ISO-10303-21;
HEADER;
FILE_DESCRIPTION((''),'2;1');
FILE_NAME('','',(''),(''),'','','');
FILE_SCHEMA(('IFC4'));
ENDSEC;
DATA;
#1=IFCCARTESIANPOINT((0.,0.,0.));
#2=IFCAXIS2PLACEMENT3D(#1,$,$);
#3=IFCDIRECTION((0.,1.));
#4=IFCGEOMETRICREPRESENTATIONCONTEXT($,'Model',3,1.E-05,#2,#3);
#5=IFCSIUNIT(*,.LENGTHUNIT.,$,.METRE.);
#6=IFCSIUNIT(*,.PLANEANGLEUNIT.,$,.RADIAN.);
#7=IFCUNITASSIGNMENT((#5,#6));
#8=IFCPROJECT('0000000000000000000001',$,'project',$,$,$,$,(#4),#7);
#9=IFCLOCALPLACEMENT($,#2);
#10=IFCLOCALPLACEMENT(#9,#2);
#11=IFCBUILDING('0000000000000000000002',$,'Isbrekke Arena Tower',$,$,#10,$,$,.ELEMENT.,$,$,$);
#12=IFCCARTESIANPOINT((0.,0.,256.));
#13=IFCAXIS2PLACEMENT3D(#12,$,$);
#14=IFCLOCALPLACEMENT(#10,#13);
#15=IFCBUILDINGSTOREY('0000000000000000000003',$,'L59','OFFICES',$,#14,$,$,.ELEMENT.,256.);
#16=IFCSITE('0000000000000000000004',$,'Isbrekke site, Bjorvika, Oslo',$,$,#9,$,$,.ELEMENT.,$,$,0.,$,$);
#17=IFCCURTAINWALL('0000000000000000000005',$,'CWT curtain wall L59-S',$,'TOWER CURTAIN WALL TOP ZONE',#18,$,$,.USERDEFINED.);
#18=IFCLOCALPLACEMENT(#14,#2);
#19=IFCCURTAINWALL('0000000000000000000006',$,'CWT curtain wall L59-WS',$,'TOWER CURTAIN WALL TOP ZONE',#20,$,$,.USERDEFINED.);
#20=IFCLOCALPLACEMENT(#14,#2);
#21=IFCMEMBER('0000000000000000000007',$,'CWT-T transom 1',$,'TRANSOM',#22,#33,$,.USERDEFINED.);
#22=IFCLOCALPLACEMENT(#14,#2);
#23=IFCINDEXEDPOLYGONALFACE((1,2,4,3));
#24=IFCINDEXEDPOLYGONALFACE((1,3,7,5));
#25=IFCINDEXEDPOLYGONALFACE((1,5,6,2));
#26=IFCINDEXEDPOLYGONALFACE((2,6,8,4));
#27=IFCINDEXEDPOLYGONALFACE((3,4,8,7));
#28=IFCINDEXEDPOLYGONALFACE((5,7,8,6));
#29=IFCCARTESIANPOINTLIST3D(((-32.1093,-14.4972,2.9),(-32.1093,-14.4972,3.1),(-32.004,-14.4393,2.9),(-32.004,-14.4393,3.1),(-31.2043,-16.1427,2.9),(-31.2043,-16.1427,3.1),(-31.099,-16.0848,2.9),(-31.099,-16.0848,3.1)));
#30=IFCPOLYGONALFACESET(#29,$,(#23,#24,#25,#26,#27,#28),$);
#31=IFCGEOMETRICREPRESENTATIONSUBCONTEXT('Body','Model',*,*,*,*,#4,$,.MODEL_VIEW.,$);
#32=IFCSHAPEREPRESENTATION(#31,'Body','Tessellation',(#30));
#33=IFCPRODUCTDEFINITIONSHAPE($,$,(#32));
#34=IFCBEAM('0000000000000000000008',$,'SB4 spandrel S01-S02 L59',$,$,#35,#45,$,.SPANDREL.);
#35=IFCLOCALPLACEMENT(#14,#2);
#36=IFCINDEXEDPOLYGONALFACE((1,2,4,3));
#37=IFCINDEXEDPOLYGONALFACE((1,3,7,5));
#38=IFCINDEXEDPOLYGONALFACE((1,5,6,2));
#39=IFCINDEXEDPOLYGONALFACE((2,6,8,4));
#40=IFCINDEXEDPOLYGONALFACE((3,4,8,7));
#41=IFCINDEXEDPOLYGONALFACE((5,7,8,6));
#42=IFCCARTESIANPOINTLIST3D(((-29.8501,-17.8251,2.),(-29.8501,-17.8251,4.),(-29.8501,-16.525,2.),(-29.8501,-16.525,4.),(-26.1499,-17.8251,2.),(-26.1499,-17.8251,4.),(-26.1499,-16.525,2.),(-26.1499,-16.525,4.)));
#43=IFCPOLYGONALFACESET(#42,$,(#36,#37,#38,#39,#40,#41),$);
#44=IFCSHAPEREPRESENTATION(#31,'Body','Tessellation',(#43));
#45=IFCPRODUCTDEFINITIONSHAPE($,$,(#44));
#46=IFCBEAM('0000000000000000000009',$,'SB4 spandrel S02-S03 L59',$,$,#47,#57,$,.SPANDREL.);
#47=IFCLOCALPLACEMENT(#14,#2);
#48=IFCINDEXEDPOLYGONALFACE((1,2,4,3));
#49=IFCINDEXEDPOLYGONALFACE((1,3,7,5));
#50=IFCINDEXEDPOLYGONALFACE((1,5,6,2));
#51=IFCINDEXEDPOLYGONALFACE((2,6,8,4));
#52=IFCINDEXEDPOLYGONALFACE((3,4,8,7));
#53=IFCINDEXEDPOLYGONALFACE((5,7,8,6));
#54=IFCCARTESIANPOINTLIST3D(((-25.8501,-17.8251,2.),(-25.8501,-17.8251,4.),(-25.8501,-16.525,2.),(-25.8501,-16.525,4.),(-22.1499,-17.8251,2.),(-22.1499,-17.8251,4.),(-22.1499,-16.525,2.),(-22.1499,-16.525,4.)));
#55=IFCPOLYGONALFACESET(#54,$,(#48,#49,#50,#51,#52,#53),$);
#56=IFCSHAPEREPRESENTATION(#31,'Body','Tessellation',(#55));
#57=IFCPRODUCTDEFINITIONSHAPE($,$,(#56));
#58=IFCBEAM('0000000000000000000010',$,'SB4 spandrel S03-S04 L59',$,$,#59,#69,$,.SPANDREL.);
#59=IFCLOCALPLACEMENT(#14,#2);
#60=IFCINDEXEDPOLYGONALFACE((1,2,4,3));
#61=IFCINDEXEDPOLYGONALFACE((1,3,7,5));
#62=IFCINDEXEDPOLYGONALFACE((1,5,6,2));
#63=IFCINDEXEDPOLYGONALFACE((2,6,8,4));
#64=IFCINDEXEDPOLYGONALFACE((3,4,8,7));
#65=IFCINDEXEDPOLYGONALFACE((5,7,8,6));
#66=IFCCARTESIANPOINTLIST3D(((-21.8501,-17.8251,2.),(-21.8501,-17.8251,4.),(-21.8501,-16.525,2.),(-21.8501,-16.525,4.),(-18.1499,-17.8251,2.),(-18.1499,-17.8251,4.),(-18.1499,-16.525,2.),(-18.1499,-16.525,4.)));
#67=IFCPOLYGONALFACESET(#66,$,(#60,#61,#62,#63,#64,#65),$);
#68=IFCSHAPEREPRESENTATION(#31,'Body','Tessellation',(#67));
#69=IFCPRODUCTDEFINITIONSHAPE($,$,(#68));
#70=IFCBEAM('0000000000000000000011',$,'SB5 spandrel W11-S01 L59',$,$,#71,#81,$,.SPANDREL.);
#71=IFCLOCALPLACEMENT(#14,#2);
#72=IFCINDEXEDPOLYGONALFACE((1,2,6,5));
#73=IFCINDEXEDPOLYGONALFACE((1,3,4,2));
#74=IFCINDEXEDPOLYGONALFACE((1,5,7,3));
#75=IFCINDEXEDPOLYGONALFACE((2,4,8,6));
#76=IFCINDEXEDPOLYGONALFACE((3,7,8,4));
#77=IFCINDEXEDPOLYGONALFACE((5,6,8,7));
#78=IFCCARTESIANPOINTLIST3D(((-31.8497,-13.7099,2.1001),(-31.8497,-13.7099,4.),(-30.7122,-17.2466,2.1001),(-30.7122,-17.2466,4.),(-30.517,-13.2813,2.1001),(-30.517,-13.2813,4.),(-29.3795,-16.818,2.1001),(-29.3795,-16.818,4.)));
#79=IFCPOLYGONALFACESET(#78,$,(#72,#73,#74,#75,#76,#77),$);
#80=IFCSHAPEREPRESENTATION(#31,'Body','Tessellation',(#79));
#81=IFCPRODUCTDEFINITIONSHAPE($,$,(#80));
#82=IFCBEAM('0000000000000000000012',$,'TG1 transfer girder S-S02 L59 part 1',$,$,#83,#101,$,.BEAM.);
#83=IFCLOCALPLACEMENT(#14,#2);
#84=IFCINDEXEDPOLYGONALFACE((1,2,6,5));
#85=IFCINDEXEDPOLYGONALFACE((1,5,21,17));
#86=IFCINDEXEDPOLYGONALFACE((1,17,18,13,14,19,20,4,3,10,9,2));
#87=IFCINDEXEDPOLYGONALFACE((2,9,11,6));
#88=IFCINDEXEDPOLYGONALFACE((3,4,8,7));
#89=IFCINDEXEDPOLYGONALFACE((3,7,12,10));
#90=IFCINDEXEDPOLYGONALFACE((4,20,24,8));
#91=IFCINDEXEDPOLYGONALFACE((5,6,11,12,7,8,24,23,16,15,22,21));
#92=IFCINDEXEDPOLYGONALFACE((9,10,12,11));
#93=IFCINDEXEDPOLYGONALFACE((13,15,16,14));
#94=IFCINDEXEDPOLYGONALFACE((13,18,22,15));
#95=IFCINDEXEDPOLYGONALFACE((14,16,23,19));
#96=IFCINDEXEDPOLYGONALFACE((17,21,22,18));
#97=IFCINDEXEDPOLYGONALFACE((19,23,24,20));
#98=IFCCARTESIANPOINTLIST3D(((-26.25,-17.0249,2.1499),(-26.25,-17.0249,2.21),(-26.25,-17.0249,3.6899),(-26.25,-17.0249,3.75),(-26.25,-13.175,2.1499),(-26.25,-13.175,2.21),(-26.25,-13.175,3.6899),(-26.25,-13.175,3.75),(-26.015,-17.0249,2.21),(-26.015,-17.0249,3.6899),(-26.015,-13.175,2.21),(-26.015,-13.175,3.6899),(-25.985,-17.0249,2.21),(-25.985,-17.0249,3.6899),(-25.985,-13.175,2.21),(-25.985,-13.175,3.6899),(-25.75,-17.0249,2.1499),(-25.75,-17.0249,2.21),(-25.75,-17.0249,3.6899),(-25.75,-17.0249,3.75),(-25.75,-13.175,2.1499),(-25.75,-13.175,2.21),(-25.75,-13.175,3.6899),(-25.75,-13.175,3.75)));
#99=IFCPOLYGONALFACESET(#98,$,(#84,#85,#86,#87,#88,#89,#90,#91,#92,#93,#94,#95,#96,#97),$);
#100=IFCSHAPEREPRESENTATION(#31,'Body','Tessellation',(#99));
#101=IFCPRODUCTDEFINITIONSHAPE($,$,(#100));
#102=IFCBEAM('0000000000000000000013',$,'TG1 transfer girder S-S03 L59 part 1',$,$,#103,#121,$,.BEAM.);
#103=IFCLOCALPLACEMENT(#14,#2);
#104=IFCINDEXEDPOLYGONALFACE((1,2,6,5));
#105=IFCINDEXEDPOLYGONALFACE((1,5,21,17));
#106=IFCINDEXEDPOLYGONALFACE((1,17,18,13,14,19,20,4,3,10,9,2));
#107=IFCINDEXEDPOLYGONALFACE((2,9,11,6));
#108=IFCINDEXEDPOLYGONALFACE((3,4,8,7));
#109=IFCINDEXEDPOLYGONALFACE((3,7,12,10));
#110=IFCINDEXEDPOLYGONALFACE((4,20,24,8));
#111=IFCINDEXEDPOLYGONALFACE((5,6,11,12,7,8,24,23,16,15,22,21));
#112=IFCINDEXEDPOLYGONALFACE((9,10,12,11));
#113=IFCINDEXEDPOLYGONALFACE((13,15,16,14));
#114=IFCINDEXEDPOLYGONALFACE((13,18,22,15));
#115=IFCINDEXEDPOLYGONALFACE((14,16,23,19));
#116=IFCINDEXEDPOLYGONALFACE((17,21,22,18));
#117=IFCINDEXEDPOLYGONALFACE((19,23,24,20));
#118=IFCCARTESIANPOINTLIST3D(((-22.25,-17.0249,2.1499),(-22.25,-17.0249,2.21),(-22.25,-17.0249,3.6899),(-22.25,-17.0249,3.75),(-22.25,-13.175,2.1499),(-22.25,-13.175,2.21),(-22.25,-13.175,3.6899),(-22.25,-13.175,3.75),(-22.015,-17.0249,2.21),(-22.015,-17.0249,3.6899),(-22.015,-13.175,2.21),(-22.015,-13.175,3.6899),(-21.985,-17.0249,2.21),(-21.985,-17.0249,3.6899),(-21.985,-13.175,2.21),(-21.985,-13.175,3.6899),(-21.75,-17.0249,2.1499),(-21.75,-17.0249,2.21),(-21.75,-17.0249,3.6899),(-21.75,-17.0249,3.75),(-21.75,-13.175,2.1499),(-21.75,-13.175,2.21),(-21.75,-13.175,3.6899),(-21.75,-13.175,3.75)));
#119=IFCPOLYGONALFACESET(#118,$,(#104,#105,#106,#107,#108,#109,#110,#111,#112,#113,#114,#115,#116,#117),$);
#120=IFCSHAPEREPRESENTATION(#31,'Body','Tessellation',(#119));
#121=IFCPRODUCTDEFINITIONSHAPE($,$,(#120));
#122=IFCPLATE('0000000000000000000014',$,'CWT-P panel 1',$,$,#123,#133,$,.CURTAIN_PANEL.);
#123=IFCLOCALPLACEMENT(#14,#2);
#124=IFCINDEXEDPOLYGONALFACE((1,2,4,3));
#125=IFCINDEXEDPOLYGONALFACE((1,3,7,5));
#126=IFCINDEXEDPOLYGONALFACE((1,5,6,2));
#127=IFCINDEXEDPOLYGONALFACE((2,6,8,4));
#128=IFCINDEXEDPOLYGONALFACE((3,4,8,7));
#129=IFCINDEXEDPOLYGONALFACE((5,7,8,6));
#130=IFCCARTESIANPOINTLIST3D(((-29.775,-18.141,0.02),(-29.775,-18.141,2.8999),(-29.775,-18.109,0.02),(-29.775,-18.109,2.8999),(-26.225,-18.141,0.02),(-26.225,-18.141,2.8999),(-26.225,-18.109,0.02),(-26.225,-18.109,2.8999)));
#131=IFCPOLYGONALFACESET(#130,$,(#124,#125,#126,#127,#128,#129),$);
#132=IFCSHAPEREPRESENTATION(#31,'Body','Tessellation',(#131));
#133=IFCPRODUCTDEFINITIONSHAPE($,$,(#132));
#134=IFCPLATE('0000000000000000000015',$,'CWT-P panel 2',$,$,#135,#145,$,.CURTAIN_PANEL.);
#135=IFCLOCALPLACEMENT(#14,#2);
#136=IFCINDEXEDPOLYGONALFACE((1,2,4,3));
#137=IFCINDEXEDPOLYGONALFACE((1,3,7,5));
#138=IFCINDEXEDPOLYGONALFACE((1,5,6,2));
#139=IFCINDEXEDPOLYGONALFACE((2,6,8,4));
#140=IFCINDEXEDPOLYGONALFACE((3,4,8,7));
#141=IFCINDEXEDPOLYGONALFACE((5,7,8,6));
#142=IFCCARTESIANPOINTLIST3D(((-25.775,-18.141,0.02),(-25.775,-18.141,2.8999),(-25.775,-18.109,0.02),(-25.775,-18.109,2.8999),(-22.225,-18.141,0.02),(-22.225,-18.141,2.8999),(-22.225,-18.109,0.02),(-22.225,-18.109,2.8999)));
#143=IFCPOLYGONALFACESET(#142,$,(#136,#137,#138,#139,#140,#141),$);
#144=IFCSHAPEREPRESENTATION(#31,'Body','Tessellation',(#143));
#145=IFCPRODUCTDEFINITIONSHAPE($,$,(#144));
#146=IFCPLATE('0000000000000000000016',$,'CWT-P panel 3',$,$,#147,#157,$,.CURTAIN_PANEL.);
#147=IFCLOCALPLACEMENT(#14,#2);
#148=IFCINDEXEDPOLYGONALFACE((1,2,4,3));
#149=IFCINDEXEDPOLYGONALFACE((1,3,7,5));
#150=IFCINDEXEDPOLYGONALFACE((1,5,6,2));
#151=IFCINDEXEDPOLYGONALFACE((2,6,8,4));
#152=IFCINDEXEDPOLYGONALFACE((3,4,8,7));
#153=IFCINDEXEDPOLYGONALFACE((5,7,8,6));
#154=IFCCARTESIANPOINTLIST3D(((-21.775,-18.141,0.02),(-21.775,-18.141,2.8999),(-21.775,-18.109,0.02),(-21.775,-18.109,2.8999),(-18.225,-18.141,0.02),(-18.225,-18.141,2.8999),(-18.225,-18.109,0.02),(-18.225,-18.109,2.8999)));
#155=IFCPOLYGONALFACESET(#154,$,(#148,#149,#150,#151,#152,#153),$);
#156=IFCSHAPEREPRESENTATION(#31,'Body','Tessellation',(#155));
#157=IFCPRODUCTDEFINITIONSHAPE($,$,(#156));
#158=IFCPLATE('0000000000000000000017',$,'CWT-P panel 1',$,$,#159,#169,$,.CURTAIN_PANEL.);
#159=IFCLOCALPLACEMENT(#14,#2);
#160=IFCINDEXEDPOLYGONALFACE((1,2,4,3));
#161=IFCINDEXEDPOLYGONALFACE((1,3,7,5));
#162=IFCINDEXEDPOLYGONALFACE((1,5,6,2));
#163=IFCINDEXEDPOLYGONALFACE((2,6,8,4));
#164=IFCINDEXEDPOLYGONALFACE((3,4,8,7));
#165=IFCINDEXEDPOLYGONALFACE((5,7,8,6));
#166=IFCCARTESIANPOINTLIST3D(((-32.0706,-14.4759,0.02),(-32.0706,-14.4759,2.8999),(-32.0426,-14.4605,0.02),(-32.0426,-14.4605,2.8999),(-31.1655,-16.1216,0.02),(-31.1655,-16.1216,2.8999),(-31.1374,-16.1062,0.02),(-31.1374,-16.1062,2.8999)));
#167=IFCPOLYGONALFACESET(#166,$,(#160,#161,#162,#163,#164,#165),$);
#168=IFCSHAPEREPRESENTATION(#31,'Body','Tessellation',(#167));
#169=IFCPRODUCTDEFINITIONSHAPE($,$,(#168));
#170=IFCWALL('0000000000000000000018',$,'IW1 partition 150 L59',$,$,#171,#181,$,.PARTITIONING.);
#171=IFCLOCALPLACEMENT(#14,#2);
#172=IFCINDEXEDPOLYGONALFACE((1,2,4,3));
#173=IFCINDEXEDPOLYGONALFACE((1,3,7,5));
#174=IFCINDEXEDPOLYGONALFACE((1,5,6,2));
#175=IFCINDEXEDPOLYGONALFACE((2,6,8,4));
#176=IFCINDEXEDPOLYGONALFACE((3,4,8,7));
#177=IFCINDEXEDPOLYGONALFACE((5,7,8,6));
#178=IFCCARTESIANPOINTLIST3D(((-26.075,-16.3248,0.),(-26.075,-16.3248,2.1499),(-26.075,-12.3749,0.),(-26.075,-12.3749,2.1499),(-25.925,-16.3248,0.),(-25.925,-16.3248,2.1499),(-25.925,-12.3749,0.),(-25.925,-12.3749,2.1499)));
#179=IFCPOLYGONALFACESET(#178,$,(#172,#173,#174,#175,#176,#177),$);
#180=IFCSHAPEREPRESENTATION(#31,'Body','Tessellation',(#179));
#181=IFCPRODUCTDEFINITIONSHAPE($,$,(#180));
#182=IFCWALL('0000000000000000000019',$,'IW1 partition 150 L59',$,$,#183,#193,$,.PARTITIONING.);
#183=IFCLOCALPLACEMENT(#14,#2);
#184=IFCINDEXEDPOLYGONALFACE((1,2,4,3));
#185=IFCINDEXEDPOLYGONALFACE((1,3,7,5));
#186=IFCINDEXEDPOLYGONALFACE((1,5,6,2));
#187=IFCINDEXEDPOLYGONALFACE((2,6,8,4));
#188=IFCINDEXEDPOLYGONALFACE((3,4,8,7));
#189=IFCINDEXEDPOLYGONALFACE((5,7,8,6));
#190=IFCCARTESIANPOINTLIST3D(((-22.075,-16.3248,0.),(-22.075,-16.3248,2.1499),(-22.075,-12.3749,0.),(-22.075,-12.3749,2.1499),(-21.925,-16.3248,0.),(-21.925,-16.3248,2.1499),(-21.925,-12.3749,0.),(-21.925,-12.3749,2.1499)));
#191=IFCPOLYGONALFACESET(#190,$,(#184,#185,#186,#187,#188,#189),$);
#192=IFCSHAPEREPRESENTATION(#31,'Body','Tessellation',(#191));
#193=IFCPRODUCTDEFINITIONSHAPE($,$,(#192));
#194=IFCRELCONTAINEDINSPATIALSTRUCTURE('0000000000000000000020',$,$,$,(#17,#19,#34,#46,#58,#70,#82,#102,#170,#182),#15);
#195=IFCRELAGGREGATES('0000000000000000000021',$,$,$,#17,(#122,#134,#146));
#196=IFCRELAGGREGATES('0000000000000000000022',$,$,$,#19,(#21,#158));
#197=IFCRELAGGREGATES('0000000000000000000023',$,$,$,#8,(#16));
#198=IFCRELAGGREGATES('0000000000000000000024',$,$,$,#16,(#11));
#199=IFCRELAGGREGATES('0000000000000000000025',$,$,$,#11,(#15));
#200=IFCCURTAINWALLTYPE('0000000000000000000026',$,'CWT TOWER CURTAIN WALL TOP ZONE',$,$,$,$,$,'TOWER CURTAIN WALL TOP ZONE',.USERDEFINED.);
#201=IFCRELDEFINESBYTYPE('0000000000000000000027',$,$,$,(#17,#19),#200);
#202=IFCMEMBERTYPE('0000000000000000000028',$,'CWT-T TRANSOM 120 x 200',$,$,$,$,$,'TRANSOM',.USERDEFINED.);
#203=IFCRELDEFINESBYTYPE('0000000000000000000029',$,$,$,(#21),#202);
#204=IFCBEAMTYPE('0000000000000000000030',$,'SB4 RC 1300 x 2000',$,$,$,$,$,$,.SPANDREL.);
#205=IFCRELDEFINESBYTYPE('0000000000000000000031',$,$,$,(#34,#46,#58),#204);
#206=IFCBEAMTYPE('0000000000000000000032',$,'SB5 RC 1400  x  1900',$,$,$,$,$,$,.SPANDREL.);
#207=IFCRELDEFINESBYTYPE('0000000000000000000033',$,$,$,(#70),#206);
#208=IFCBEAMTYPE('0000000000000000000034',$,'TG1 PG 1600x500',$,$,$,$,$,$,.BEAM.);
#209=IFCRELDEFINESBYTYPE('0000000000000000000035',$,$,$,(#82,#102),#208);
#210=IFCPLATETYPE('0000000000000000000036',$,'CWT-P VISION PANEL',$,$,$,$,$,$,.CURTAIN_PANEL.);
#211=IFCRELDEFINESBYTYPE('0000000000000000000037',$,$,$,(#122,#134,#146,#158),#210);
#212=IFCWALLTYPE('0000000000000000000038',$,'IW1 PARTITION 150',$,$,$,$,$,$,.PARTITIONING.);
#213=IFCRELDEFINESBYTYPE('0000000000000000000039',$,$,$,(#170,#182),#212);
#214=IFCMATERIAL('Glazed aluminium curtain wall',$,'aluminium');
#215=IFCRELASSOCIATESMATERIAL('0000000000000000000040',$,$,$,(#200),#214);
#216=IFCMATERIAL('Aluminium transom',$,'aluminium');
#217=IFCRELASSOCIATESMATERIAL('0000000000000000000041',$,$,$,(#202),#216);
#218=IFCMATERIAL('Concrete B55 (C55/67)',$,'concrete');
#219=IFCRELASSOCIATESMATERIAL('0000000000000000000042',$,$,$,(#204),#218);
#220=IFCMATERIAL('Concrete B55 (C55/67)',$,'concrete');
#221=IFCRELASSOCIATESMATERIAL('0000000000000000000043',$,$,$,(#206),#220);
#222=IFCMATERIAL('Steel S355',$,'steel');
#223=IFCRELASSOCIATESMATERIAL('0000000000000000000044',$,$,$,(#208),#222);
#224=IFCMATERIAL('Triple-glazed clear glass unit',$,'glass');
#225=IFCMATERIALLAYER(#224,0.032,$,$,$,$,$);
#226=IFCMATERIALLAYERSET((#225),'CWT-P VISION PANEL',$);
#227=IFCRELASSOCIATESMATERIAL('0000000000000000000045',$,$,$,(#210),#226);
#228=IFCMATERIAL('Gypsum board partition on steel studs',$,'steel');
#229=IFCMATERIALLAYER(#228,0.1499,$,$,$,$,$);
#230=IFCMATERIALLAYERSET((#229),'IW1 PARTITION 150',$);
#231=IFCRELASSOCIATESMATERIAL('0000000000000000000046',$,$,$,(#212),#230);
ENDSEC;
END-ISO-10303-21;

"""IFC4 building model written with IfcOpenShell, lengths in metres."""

from ifc_helpers import new_model, si_unit, direction, frame, frame_2d, origin, origin_2d, place, context, subcontext, project, spatial, rectangle, i_section, extrude, material, layer, layer_set, material_profile, profile_set, type_object, element, aggregate, save


model = new_model("IFC4")

# Units and contexts
model_context = context("Model", 3, precision=1e-05, world=origin(), true_north=direction((0.0, 1.0)))
body_context = subcontext(model_context, "Body", "Model", "MODEL_VIEW")
ifc_project = project(units=[si_unit("LENGTHUNIT", "METRE"), si_unit("PLANEANGLEUNIT", "RADIAN")], contexts=[model_context])

# Site, building, storey
site_placement = place(None, origin())
site = spatial("IfcSite", under=ifc_project, at=site_placement, Name="Isbrekke site, Bjorvika, Oslo", CompositionType="ELEMENT", RefElevation=0.0)
building_placement = place(site_placement, origin())
building = spatial("IfcBuilding", under=site, at=building_placement, Name="Isbrekke Arena Tower", CompositionType="ELEMENT")
storey_placement = place(building_placement, frame((0.0, 0.0, 256.0)))
storey = spatial("IfcBuildingStorey", under=building, at=storey_placement, Name="L59", Description="OFFICES", CompositionType="ELEMENT", Elevation=256.0)

# Curtain wall
ifc_material_1 = material(Name="Glazed aluminium curtain wall", Category="aluminium")
curtain_wall_type = type_object("IfcCurtainWallType", Name="CWT TOWER CURTAIN WALL TOP ZONE", ElementType="TOWER CURTAIN WALL TOP ZONE", PredefinedType="USERDEFINED", material=ifc_material_1)
curtain_wall_1_placement = place(storey_placement, origin())
curtain_wall_1 = element("IfcCurtainWall", 1, at=curtain_wall_1_placement, inside=storey, type_object=curtain_wall_type, Name="CWT curtain wall L59-S", ObjectType="TOWER CURTAIN WALL TOP ZONE", PredefinedType="USERDEFINED")

# Curtain wall
curtain_wall_2_placement = place(storey_placement, origin())
curtain_wall_2 = element("IfcCurtainWall", 2, at=curtain_wall_2_placement, inside=storey, type_object=curtain_wall_type, Name="CWT curtain wall L59-WS", ObjectType="TOWER CURTAIN WALL TOP ZONE", PredefinedType="USERDEFINED")

# Member
ifc_material_2 = material(Name="Aluminium transom", Category="aluminium")
ifc_material_profile_1 = material_profile(ifc_material_2, rectangle(XDim=0.1201, YDim=0.2, at=origin_2d()), Name="TRANSOM 120X200")
ifc_profile_set_1 = profile_set([ifc_material_profile_1], Name="Aluminium transom")
member_type_1 = type_object("IfcMemberType", Name="CWT-T TRANSOM 120 x 200", ElementType="TRANSOM", PredefinedType="USERDEFINED", material=ifc_profile_set_1)
member_1_placement = place(storey_placement, frame((-32.0566, -14.4683, 3.0), z_axis=(0.481919, -0.876216, 0.0), x_axis=(0.876216, 0.481919, 0.0)))
member_1 = element("IfcMember", 3, at=member_1_placement, type_object=member_type_1, Name="CWT-T transom 1", ObjectType="TRANSOM", PredefinedType="USERDEFINED", context=body_context, shape_type="SweptSolid", body=[
    extrude(rectangle(XDim=0.1201, YDim=0.2, at=origin_2d()), origin(), (0.0, 0.0, 1.0), 1.8779),
])

# Beams
ifc_material_3 = material(Name="Concrete B55 (C55/67)", Category="concrete")
ifc_material_profile_2 = material_profile(ifc_material_3, rectangle(XDim=1.3, YDim=2.0, at=origin_2d()), Name="RC 1300x2000")
ifc_profile_set_2 = profile_set([ifc_material_profile_2], Name="Concrete B55 (C55/67)")
beam_type_1 = type_object("IfcBeamType", Name="SB4 RC 1300 x 2000", PredefinedType="SPANDREL", material=ifc_profile_set_2)
for number, where, z_axis, x_axis, name in (
    (4, (-29.8501, -17.175, 3.0), (1.0, 0.0, 0.0), (0.0, 1.0, 0.0), "SB4 spandrel S01-S02 L59"),
    (5, (-25.8501, -17.175, 3.0), (1.0, 0.0, 0.0), (0.0, 1.0, 0.0), "SB4 spandrel S02-S03 L59"),
    (6, (-21.8501, -17.175, 3.0), (1.0, 0.0, 0.0), (0.0, 1.0, 0.0), "SB4 spandrel S03-S04 L59"),
):
    element("IfcBeam", number, at=place(storey_placement, frame(where, z_axis=z_axis, x_axis=x_axis)), inside=storey, type_object=beam_type_1, Name=name, PredefinedType="SPANDREL", context=body_context, shape_type="SweptSolid", body=[
        extrude(rectangle(XDim=1.3, YDim=2.0, at=origin_2d()), origin(), (0.0, 0.0, 1.0), 3.7002),
    ])
ifc_material_4 = material(Name="Concrete B55 (C55/67)", Category="concrete")
ifc_material_profile_3 = material_profile(ifc_material_4, rectangle(XDim=1.3999, YDim=1.8999, at=origin_2d()), Name="RC 1400 x 1900")
ifc_profile_set_3 = profile_set([ifc_material_profile_3], Name="Concrete B55 (C55/67)")
beam_type_2 = type_object("IfcBeamType", Name="SB5 RC 1400  x  1900", PredefinedType="SPANDREL", material=ifc_profile_set_3)
beam_placement = place(storey_placement, frame((-31.1833, -13.4956, 3.05), z_axis=(0.306175, -0.951975, 0.0), x_axis=(0.951975, 0.306175, 0.0)))
element("IfcBeam", 7, at=beam_placement, inside=storey, type_object=beam_type_2, Name="SB5 spandrel W11-S01 L59", PredefinedType="SPANDREL", context=body_context, shape_type="SweptSolid", body=[
    extrude(rectangle(XDim=1.3999, YDim=1.8999, at=origin_2d()), origin(), (0.0, 0.0, 1.0), 3.7151),
])
ifc_material_5 = material(Name="Steel S355", Category="steel")
ifc_material_profile_4 = material_profile(ifc_material_5, i_section(OverallWidth=0.5, OverallDepth=1.6001, WebThickness=0.03, FlangeThickness=0.0601, at=origin_2d()), Name="PG 1600x500")
ifc_profile_set_4 = profile_set([ifc_material_profile_4], Name="Steel S355")
beam_type_3 = type_object("IfcBeamType", Name="TG1 PG 1600x500", PredefinedType="BEAM", material=ifc_profile_set_4)
for number, where, z_axis, x_axis, name in (
    (8, (-26.0, -17.0249, 2.95), (0.0, 1.0, 0.0), (-1.0, 0.0, 0.0), "TG1 transfer girder S-S02 L59 part 1"),
    (9, (-22.0, -17.0249, 2.95), (0.0, 1.0, 0.0), (-1.0, 0.0, 0.0), "TG1 transfer girder S-S03 L59 part 1"),
):
    element("IfcBeam", number, at=place(storey_placement, frame(where, z_axis=z_axis, x_axis=x_axis)), inside=storey, type_object=beam_type_3, Name=name, PredefinedType="BEAM", context=body_context, shape_type="SweptSolid", body=[
        extrude(i_section(OverallWidth=0.5, OverallDepth=1.6001, WebThickness=0.03, FlangeThickness=0.0601, at=origin_2d()), origin(), (0.0, 0.0, 1.0), 3.8499),
    ])

# Plates
ifc_material_6 = material(Name="Triple-glazed clear glass unit", Category="glass")
ifc_layer_1 = layer(ifc_material_6, 0.032)
ifc_layer_set_1 = layer_set([ifc_layer_1], Name="CWT-P VISION PANEL")
plate_type = type_object("IfcPlateType", Name="CWT-P VISION PANEL", PredefinedType="CURTAIN_PANEL", material=ifc_layer_set_1)
plate_1_placement = place(storey_placement, frame((-28.0, -18.125, 0.02), z_axis=(0.0, 0.0, 1.0), x_axis=(1.0, 0.0, 0.0)))
plate_1 = element("IfcPlate", 10, at=plate_1_placement, type_object=plate_type, Name="CWT-P panel 1", PredefinedType="CURTAIN_PANEL", context=body_context, shape_type="SweptSolid", body=[
    extrude(rectangle(XDim=3.55, YDim=0.032, at=origin_2d()), origin(), (0.0, 0.0, 1.0), 2.8799),
])
plate_2_placement = place(storey_placement, frame((-24.0, -18.125, 0.02), z_axis=(0.0, 0.0, 1.0), x_axis=(1.0, 0.0, 0.0)))
plate_2 = element("IfcPlate", 11, at=plate_2_placement, type_object=plate_type, Name="CWT-P panel 2", PredefinedType="CURTAIN_PANEL", context=body_context, shape_type="SweptSolid", body=[
    extrude(rectangle(XDim=3.55, YDim=0.032, at=origin_2d()), origin(), (0.0, 0.0, 1.0), 2.8799),
])
plate_3_placement = place(storey_placement, frame((-20.0, -18.125, 0.02), z_axis=(0.0, 0.0, 1.0), x_axis=(1.0, 0.0, 0.0)))
plate_3 = element("IfcPlate", 12, at=plate_3_placement, type_object=plate_type, Name="CWT-P panel 3", PredefinedType="CURTAIN_PANEL", context=body_context, shape_type="SweptSolid", body=[
    extrude(rectangle(XDim=3.55, YDim=0.032, at=origin_2d()), origin(), (0.0, 0.0, 1.0), 2.8799),
])
aggregate(curtain_wall_1, [plate_1, plate_2, plate_3])
plate_4_placement = place(storey_placement, frame((-31.604, -15.291, 0.02), z_axis=(0.0, 0.0, 1.0), x_axis=(0.481919, -0.876216, 0.0)))
plate_4 = element("IfcPlate", 13, at=plate_4_placement, type_object=plate_type, Name="CWT-P panel 1", PredefinedType="CURTAIN_PANEL", context=body_context, shape_type="SweptSolid", body=[
    extrude(rectangle(XDim=1.8782, YDim=0.032, at=origin_2d()), origin(), (0.0, 0.0, 1.0), 2.8799),
])
aggregate(curtain_wall_2, [member_1, plate_4])

# Walls
ifc_material_7 = material(Name="Gypsum board partition on steel studs", Category="steel")
ifc_layer_2 = layer(ifc_material_7, 0.1499)
ifc_layer_set_2 = layer_set([ifc_layer_2], Name="IW1 PARTITION 150")
wall_type = type_object("IfcWallType", Name="IW1 PARTITION 150", PredefinedType="PARTITIONING", material=ifc_layer_set_2)
for number, where, z_axis, x_axis, name in (
    (14, (-26.0, -16.325, 0.0), (0.0, 0.0, 1.0), (0.0, 1.0, 0.0), "IW1 partition 150 L59"),
    (15, (-22.0, -16.325, 0.0), (0.0, 0.0, 1.0), (0.0, 1.0, 0.0), "IW1 partition 150 L59"),
):
    element("IfcWall", number, at=place(storey_placement, frame(where, z_axis=z_axis, x_axis=x_axis)), inside=storey, type_object=wall_type, Name=name, PredefinedType="PARTITIONING", context=body_context, shape_type="SweptSolid", body=[
        extrude(rectangle(XDim=3.95, YDim=0.1499, at=frame_2d((1.9751, 0.0))), origin(), (0.0, 0.0, 1.0), 2.1499),
    ])

save(model, "model.ifc")
